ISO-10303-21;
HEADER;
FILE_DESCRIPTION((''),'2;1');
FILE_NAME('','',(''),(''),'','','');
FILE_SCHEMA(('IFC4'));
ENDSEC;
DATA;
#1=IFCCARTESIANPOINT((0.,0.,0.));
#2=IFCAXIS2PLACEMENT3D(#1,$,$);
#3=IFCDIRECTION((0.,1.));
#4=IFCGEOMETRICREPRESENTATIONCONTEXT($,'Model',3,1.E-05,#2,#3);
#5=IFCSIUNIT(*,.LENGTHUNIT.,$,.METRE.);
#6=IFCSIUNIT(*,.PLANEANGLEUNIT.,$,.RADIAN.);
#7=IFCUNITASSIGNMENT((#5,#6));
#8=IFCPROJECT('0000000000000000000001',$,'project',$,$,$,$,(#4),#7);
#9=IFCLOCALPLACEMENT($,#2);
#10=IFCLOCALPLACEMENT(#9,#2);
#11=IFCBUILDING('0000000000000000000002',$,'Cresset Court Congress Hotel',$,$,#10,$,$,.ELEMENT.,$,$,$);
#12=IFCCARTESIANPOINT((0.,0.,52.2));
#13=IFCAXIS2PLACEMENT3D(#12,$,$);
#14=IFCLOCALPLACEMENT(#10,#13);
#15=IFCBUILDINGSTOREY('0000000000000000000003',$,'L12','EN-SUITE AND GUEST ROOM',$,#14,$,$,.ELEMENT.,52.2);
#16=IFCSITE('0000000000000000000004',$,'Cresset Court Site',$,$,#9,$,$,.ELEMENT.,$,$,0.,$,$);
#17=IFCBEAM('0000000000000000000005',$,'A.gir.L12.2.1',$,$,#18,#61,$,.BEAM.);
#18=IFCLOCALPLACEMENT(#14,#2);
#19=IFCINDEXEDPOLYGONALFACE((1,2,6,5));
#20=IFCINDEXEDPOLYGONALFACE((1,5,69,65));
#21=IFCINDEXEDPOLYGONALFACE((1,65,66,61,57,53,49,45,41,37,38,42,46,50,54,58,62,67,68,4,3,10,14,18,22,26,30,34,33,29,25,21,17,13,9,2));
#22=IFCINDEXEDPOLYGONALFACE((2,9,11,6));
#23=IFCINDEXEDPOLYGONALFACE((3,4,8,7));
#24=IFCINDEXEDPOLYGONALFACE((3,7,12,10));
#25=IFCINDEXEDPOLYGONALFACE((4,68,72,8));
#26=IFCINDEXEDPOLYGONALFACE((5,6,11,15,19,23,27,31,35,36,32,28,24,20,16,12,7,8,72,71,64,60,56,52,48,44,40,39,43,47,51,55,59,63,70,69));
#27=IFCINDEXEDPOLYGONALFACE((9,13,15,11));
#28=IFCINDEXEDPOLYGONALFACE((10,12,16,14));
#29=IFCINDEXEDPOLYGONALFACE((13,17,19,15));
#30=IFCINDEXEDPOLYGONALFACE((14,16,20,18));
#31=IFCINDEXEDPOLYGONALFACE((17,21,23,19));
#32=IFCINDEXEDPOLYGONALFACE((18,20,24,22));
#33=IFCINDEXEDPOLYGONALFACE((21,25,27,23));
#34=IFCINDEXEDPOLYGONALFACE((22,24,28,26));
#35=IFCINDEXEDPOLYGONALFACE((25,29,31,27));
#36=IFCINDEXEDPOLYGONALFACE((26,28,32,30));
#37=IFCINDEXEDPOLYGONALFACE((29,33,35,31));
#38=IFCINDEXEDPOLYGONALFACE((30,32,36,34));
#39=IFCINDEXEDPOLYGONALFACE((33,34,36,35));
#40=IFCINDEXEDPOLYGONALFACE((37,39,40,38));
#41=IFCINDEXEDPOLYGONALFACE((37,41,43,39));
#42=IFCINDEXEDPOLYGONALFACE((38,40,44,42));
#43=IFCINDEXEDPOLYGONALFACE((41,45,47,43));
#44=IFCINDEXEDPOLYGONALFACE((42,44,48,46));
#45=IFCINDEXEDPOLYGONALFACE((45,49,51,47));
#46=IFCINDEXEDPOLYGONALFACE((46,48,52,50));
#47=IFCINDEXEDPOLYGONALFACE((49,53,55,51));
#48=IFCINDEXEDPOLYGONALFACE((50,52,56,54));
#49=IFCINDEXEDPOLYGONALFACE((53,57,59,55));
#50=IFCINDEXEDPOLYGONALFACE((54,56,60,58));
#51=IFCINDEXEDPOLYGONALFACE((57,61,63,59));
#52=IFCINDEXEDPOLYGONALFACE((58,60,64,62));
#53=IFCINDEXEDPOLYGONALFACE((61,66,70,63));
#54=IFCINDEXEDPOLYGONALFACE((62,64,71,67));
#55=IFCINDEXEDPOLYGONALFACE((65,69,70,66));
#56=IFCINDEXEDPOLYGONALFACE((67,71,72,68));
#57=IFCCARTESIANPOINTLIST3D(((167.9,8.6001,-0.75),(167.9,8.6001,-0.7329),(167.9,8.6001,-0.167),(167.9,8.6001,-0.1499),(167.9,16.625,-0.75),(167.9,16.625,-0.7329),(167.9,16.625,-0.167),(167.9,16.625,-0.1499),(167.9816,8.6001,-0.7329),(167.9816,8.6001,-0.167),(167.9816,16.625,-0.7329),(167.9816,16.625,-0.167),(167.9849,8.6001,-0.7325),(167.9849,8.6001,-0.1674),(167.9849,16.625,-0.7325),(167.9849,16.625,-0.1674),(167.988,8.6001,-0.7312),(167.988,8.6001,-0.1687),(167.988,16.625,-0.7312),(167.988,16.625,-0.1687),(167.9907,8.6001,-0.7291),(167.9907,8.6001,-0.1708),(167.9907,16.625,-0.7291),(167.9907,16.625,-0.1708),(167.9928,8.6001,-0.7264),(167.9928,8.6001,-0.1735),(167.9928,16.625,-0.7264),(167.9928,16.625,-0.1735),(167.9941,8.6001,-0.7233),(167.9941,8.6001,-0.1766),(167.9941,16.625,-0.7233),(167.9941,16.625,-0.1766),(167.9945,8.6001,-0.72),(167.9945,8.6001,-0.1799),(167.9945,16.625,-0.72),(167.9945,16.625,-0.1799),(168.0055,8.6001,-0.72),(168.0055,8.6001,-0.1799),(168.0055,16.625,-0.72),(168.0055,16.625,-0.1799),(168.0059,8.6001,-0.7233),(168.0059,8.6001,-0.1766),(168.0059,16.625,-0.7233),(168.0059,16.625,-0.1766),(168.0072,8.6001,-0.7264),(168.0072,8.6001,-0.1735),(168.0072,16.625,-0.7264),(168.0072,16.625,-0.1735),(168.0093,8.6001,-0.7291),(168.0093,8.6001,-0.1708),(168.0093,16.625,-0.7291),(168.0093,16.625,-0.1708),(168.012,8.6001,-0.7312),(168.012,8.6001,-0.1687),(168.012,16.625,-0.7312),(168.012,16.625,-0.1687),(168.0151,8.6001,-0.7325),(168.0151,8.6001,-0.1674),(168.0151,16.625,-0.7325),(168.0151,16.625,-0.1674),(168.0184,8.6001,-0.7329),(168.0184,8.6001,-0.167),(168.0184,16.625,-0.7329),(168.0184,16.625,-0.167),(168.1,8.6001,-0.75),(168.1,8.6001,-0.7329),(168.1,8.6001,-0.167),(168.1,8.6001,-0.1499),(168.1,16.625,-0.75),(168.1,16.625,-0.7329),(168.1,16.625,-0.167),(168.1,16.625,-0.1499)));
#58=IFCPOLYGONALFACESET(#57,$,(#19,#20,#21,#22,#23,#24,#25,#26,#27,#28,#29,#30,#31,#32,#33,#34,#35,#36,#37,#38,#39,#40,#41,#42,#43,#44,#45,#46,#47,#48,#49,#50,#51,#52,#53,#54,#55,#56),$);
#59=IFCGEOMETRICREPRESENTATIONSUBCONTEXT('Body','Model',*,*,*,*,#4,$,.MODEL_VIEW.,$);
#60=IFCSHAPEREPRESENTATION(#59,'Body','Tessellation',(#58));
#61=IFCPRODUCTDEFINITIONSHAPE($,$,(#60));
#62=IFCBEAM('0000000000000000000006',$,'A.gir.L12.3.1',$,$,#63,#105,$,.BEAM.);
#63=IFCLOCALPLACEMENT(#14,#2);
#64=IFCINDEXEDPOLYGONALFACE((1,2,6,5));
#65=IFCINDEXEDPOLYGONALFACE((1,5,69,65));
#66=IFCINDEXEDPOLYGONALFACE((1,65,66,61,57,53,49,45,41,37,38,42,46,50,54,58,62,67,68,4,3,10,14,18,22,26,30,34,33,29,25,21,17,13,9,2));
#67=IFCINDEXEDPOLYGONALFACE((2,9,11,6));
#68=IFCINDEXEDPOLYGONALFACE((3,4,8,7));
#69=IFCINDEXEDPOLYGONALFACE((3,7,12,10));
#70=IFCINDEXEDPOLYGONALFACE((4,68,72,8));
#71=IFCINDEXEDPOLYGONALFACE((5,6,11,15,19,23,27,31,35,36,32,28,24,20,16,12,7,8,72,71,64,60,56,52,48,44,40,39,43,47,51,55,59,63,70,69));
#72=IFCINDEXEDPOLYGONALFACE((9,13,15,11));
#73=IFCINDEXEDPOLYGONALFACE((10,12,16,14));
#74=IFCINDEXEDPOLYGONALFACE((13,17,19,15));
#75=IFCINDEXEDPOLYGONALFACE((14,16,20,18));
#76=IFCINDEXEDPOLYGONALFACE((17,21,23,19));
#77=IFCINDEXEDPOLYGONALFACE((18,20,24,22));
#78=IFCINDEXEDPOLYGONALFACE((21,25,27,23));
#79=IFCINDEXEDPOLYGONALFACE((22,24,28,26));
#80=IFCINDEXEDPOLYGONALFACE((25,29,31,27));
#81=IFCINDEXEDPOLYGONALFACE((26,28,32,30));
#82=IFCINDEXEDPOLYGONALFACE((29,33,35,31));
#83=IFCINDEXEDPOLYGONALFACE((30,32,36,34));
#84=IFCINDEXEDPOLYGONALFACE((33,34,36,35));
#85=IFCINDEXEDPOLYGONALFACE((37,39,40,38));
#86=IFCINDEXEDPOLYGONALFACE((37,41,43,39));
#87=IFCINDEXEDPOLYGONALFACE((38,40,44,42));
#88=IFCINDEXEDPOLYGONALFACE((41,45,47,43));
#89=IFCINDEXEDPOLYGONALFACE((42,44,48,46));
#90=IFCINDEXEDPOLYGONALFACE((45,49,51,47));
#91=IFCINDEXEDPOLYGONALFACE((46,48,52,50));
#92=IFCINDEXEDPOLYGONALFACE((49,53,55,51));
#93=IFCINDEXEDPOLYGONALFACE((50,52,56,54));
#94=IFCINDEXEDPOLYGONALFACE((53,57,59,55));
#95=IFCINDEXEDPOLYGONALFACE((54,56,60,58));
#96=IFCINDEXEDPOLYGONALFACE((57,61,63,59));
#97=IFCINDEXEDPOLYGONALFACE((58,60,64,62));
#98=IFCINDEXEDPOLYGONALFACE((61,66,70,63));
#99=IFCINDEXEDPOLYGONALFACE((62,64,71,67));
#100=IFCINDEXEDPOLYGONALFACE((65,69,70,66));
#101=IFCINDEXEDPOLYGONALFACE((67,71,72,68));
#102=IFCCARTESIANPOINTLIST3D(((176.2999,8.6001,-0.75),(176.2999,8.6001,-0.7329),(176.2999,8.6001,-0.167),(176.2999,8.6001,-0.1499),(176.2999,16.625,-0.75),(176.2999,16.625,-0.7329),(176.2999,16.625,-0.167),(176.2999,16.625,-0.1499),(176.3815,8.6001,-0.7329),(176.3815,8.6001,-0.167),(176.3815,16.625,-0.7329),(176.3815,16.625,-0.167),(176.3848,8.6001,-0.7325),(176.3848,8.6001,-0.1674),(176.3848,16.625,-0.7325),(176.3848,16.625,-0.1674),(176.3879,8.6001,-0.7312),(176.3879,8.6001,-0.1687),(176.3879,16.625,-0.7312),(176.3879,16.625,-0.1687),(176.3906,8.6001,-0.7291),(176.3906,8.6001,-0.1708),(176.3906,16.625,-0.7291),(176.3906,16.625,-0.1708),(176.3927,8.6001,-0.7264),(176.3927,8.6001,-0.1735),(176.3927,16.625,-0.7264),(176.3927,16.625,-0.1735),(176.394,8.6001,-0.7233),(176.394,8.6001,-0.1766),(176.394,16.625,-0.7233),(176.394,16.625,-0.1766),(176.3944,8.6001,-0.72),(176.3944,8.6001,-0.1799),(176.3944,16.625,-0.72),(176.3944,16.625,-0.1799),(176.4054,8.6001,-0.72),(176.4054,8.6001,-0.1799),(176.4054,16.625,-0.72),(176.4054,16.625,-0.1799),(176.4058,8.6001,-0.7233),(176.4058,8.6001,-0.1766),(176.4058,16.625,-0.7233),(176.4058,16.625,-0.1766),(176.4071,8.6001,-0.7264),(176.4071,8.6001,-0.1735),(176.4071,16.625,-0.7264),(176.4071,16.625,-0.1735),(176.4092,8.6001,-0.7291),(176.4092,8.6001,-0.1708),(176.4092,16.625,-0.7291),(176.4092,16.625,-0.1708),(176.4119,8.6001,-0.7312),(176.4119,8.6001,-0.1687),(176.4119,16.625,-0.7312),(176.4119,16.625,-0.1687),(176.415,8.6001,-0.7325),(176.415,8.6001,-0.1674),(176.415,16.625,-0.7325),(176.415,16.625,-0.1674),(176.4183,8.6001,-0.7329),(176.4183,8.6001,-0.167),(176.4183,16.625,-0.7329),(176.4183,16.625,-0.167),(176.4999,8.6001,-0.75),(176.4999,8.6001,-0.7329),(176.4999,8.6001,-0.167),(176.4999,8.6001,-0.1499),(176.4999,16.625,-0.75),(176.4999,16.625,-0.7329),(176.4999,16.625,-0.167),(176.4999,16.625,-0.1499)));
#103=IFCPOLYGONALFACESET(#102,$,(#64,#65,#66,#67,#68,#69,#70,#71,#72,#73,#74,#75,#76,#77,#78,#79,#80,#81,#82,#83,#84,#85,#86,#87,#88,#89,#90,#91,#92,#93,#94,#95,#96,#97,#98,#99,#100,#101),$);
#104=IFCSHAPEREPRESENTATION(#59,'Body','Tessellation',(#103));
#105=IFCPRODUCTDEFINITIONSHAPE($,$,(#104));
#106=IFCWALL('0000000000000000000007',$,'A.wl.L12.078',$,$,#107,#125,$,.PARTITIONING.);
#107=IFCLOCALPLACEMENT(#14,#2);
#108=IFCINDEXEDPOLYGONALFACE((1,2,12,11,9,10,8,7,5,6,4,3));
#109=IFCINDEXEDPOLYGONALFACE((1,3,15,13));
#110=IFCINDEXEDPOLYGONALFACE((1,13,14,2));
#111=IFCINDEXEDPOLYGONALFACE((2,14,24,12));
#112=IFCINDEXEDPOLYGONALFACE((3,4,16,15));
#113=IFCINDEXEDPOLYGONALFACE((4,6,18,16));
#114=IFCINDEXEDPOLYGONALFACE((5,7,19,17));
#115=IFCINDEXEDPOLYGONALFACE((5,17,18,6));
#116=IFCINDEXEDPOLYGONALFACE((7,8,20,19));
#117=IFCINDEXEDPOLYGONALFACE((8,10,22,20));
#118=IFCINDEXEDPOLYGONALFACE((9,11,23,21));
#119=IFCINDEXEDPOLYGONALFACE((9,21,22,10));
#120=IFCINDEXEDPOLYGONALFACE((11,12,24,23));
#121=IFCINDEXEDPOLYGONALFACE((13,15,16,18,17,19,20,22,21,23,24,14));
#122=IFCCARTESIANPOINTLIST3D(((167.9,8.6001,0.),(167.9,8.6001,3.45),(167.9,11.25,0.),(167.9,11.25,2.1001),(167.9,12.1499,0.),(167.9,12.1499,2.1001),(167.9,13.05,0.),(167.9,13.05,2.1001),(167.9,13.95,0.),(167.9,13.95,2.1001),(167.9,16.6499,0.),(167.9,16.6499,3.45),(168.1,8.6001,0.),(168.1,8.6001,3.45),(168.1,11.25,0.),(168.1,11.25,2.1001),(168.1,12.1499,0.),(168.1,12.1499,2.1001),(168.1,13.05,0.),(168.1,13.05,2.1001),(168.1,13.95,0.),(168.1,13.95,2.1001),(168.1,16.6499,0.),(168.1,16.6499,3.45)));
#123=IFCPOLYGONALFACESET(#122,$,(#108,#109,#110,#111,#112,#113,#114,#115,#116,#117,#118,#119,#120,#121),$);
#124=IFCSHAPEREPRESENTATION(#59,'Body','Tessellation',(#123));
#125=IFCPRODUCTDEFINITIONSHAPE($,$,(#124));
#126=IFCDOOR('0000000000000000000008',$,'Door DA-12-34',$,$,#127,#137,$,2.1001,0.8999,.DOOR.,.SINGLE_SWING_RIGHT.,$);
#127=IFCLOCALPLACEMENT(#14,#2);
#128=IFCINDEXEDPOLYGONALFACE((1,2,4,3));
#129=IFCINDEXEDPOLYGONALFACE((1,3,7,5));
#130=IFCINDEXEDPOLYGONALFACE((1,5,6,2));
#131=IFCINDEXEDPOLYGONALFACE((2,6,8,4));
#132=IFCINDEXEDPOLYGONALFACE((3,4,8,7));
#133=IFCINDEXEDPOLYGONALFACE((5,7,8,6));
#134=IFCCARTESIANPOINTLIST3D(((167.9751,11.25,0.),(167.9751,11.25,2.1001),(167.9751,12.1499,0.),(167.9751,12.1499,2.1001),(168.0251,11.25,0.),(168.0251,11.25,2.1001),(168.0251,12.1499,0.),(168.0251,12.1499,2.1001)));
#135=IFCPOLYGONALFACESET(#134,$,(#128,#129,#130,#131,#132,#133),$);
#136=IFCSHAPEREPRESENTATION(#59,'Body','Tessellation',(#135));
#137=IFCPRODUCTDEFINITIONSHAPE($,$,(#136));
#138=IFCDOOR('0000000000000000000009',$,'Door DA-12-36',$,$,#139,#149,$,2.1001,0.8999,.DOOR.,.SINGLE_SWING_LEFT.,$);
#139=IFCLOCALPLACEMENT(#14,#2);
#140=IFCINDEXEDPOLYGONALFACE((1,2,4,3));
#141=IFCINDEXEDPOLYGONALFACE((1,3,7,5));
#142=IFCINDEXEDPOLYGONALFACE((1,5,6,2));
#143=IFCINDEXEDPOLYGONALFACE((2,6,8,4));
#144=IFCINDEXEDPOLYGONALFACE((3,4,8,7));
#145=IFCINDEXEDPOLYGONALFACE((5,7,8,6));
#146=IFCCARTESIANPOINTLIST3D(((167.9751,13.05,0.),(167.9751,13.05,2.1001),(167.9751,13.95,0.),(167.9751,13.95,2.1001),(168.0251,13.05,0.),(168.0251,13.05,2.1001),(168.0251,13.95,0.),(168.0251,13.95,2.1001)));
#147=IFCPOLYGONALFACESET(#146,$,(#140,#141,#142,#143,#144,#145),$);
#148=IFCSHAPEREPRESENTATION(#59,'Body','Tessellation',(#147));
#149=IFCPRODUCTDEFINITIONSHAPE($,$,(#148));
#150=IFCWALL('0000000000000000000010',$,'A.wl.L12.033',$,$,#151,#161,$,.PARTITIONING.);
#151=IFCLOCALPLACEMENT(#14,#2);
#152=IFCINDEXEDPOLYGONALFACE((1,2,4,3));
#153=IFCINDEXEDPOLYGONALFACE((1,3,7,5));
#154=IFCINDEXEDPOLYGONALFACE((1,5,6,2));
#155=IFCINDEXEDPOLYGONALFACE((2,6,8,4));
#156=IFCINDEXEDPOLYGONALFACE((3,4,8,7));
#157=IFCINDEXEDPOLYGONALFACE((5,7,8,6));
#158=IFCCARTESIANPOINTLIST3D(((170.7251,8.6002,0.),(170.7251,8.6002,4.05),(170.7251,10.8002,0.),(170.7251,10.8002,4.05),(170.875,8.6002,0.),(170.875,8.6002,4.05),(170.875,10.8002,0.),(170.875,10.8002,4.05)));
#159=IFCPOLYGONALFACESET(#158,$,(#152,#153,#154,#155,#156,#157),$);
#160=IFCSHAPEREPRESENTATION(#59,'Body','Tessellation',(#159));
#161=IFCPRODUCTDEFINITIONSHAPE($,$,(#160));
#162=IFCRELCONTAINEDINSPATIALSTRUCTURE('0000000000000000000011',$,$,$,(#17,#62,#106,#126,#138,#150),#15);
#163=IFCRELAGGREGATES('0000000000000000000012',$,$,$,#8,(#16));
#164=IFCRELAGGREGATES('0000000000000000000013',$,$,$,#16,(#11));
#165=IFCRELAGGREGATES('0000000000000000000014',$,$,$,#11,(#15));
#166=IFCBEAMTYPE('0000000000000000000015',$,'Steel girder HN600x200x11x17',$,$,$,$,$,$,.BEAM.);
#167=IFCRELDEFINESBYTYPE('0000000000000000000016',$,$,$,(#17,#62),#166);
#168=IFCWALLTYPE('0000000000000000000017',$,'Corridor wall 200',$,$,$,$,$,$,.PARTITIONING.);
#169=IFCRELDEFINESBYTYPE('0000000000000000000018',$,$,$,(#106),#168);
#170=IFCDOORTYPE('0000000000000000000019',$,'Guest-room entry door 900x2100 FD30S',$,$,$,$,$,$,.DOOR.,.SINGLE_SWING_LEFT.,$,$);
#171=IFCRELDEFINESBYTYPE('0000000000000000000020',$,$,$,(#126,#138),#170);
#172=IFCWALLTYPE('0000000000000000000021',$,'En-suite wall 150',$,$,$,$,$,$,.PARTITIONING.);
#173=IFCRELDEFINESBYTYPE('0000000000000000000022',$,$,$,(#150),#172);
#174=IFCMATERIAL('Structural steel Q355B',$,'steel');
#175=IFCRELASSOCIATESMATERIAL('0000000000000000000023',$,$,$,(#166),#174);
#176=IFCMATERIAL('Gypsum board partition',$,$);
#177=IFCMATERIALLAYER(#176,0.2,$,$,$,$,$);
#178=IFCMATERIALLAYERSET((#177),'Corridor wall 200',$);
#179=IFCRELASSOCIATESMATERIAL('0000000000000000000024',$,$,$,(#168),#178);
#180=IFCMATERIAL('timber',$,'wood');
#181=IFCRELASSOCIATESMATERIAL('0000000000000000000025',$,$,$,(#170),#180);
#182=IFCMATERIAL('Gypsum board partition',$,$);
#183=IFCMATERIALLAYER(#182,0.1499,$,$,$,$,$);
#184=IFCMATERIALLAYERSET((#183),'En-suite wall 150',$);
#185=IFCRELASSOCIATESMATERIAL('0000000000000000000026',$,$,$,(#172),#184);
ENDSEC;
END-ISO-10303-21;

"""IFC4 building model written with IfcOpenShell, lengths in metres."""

from ifc_helpers import new_model, si_unit, direction, frame, frame_2d, origin, origin_2d, place, context, subcontext, project, spatial, rectangle, i_section, extrude, material, layer, layer_set, material_profile, profile_set, type_object, element, fill, save


model = new_model("IFC4")

# Units and contexts
model_context = context("Model", 3, precision=1e-05, world=origin(), true_north=direction((0.0, 1.0)))
body_context = subcontext(model_context, "Body", "Model", "MODEL_VIEW")
ifc_project = project(units=[si_unit("LENGTHUNIT", "METRE"), si_unit("PLANEANGLEUNIT", "RADIAN")], contexts=[model_context])

# Site, building, storey
site_placement = place(None, origin())
site = spatial("IfcSite", under=ifc_project, at=site_placement, Name="Cresset Court Site", CompositionType="ELEMENT", RefElevation=0.0)
building_placement = place(site_placement, origin())
building = spatial("IfcBuilding", under=site, at=building_placement, Name="Cresset Court Congress Hotel", CompositionType="ELEMENT")
storey_placement = place(building_placement, frame((0.0, 0.0, 52.2)))
storey = spatial("IfcBuildingStorey", under=building, at=storey_placement, Name="L12", Description="EN-SUITE AND GUEST ROOM", CompositionType="ELEMENT", Elevation=52.2)

# Beams
ifc_material_1 = material(Name="Structural steel Q355B", Category="steel")
ifc_material_profile_1 = material_profile(ifc_material_1, i_section(OverallWidth=0.2, OverallDepth=0.6001, WebThickness=0.011, FlangeThickness=0.0171, FilletRadius=0.0129, at=origin_2d()), Name="HN600x200x11x17")
ifc_profile_set_1 = profile_set([ifc_material_profile_1], Name="Structural steel Q355B")
beam_type_1 = type_object("IfcBeamType", Name="Steel girder HN600x200x11x17", PredefinedType="BEAM", material=ifc_profile_set_1)
for number, where, z_axis, x_axis, name in (
    (1, (168.0, 8.6001, -0.45), (0.0, 1.0, 0.0), (-1.0, 0.0, 0.0), "A.gir.L12.2.1"),
    (2, (176.3999, 8.6001, -0.45), (0.0, 1.0, 0.0), (-1.0, 0.0, 0.0), "A.gir.L12.3.1"),
):
    element("IfcBeam", number, at=place(storey_placement, frame(where, z_axis=z_axis, x_axis=x_axis)), inside=storey, type_object=beam_type_1, Name=name, PredefinedType="BEAM", context=body_context, shape_type="SweptSolid", body=[
        extrude(i_section(OverallWidth=0.2, OverallDepth=0.6001, WebThickness=0.011, FlangeThickness=0.0171, FilletRadius=0.0129, at=origin_2d()), origin(), (0.0, 0.0, 1.0), 8.0249),
    ])

# Wall, openings, doors
ifc_material_2 = material(Name="Gypsum board partition")
ifc_layer_1 = layer(ifc_material_2, 0.2)
ifc_layer_set_1 = layer_set([ifc_layer_1], Name="Corridor wall 200")
wall_type_1 = type_object("IfcWallType", Name="Corridor wall 200", PredefinedType="PARTITIONING", material=ifc_layer_set_1)
wall_1_placement = place(storey_placement, frame((168.0, 8.6001, 0.0), z_axis=(0.0, 0.0, 1.0), x_axis=(0.0, 1.0, 0.0)))
wall_1 = element("IfcWall", 3, at=wall_1_placement, inside=storey, type_object=wall_type_1, Name="A.wl.L12.078", PredefinedType="PARTITIONING", context=body_context, shape_type="SweptSolid", body=[
    extrude(rectangle(XDim=8.0498, YDim=0.2, at=frame_2d((4.0249, 0.0))), origin(), (0.0, 0.0, 1.0), 3.45),
])
opening_1_placement = place(wall_1_placement, frame((2.6499, 0.0, 0.0)))
opening_1 = element("IfcOpeningElement", 4, at=opening_1_placement, cuts=wall_1, PredefinedType="OPENING", context=body_context, shape_type="SweptSolid", body=[
    extrude(rectangle(XDim=0.8999, YDim=2.1001, at=frame_2d((0.45, 1.05))), frame((0.0, 0.1099, 0.0), z_axis=(0.0, -1.0, 0.0), x_axis=(1.0, 0.0, 0.0)), (0.0, 0.0, 1.0), 0.22),
])
opening_2_placement = place(wall_1_placement, frame((4.45, 0.0, 0.0)))
opening_2 = element("IfcOpeningElement", 5, at=opening_2_placement, cuts=wall_1, PredefinedType="OPENING", context=body_context, shape_type="SweptSolid", body=[
    extrude(rectangle(XDim=0.8999, YDim=2.1001, at=frame_2d((0.45, 1.05))), frame((0.0, 0.1099, 0.0), z_axis=(0.0, -1.0, 0.0), x_axis=(1.0, 0.0, 0.0)), (0.0, 0.0, 1.0), 0.22),
])
ifc_material_3 = material(Name="timber", Category="wood")
door_type_1 = type_object("IfcDoorType", Name="Guest-room entry door 900x2100 FD30S", OperationType="SINGLE_SWING_LEFT", PredefinedType="DOOR", material=ifc_material_3)
door_1_placement = place(opening_1_placement, origin())
door_1 = element("IfcDoor", 6, at=door_1_placement, inside=storey, type_object=door_type_1, Name="Door DA-12-34", OperationType="SINGLE_SWING_RIGHT", OverallHeight=2.1001, OverallWidth=0.8999, PredefinedType="DOOR", context=body_context, shape_type="SweptSolid", body=[
    extrude(rectangle(XDim=0.8999, YDim=2.1001, at=frame_2d((0.45, 1.05))), frame((0.0, 0.0249, 0.0), z_axis=(0.0, -1.0, 0.0), x_axis=(1.0, 0.0, 0.0)), (0.0, 0.0, 1.0), 0.05),
])
fill(opening_1, door_1)
door_2_placement = place(opening_2_placement, origin())
door_2 = element("IfcDoor", 7, at=door_2_placement, inside=storey, type_object=door_type_1, Name="Door DA-12-36", OperationType="SINGLE_SWING_LEFT", OverallHeight=2.1001, OverallWidth=0.8999, PredefinedType="DOOR", context=body_context, shape_type="SweptSolid", body=[
    extrude(rectangle(XDim=0.8999, YDim=2.1001, at=frame_2d((0.45, 1.05))), frame((0.0, 0.0249, 0.0), z_axis=(0.0, -1.0, 0.0), x_axis=(1.0, 0.0, 0.0)), (0.0, 0.0, 1.0), 0.05),
])
fill(opening_2, door_2)

# Wall
ifc_material_4 = material(Name="Gypsum board partition")
ifc_layer_2 = layer(ifc_material_4, 0.1499)
ifc_layer_set_2 = layer_set([ifc_layer_2], Name="En-suite wall 150")
wall_type_2 = type_object("IfcWallType", Name="En-suite wall 150", PredefinedType="PARTITIONING", material=ifc_layer_set_2)
wall_2_placement = place(storey_placement, frame((170.8, 8.6001, 0.0), z_axis=(0.0, 0.0, 1.0), x_axis=(0.0, 1.0, 0.0)))
element("IfcWall", 8, at=wall_2_placement, inside=storey, type_object=wall_type_2, Name="A.wl.L12.033", PredefinedType="PARTITIONING", context=body_context, shape_type="SweptSolid", body=[
    extrude(rectangle(XDim=2.2, YDim=0.1499, at=frame_2d((1.1001, 0.0))), origin(), (0.0, 0.0, 1.0), 4.05),
])

save(model, "model.ifc")
